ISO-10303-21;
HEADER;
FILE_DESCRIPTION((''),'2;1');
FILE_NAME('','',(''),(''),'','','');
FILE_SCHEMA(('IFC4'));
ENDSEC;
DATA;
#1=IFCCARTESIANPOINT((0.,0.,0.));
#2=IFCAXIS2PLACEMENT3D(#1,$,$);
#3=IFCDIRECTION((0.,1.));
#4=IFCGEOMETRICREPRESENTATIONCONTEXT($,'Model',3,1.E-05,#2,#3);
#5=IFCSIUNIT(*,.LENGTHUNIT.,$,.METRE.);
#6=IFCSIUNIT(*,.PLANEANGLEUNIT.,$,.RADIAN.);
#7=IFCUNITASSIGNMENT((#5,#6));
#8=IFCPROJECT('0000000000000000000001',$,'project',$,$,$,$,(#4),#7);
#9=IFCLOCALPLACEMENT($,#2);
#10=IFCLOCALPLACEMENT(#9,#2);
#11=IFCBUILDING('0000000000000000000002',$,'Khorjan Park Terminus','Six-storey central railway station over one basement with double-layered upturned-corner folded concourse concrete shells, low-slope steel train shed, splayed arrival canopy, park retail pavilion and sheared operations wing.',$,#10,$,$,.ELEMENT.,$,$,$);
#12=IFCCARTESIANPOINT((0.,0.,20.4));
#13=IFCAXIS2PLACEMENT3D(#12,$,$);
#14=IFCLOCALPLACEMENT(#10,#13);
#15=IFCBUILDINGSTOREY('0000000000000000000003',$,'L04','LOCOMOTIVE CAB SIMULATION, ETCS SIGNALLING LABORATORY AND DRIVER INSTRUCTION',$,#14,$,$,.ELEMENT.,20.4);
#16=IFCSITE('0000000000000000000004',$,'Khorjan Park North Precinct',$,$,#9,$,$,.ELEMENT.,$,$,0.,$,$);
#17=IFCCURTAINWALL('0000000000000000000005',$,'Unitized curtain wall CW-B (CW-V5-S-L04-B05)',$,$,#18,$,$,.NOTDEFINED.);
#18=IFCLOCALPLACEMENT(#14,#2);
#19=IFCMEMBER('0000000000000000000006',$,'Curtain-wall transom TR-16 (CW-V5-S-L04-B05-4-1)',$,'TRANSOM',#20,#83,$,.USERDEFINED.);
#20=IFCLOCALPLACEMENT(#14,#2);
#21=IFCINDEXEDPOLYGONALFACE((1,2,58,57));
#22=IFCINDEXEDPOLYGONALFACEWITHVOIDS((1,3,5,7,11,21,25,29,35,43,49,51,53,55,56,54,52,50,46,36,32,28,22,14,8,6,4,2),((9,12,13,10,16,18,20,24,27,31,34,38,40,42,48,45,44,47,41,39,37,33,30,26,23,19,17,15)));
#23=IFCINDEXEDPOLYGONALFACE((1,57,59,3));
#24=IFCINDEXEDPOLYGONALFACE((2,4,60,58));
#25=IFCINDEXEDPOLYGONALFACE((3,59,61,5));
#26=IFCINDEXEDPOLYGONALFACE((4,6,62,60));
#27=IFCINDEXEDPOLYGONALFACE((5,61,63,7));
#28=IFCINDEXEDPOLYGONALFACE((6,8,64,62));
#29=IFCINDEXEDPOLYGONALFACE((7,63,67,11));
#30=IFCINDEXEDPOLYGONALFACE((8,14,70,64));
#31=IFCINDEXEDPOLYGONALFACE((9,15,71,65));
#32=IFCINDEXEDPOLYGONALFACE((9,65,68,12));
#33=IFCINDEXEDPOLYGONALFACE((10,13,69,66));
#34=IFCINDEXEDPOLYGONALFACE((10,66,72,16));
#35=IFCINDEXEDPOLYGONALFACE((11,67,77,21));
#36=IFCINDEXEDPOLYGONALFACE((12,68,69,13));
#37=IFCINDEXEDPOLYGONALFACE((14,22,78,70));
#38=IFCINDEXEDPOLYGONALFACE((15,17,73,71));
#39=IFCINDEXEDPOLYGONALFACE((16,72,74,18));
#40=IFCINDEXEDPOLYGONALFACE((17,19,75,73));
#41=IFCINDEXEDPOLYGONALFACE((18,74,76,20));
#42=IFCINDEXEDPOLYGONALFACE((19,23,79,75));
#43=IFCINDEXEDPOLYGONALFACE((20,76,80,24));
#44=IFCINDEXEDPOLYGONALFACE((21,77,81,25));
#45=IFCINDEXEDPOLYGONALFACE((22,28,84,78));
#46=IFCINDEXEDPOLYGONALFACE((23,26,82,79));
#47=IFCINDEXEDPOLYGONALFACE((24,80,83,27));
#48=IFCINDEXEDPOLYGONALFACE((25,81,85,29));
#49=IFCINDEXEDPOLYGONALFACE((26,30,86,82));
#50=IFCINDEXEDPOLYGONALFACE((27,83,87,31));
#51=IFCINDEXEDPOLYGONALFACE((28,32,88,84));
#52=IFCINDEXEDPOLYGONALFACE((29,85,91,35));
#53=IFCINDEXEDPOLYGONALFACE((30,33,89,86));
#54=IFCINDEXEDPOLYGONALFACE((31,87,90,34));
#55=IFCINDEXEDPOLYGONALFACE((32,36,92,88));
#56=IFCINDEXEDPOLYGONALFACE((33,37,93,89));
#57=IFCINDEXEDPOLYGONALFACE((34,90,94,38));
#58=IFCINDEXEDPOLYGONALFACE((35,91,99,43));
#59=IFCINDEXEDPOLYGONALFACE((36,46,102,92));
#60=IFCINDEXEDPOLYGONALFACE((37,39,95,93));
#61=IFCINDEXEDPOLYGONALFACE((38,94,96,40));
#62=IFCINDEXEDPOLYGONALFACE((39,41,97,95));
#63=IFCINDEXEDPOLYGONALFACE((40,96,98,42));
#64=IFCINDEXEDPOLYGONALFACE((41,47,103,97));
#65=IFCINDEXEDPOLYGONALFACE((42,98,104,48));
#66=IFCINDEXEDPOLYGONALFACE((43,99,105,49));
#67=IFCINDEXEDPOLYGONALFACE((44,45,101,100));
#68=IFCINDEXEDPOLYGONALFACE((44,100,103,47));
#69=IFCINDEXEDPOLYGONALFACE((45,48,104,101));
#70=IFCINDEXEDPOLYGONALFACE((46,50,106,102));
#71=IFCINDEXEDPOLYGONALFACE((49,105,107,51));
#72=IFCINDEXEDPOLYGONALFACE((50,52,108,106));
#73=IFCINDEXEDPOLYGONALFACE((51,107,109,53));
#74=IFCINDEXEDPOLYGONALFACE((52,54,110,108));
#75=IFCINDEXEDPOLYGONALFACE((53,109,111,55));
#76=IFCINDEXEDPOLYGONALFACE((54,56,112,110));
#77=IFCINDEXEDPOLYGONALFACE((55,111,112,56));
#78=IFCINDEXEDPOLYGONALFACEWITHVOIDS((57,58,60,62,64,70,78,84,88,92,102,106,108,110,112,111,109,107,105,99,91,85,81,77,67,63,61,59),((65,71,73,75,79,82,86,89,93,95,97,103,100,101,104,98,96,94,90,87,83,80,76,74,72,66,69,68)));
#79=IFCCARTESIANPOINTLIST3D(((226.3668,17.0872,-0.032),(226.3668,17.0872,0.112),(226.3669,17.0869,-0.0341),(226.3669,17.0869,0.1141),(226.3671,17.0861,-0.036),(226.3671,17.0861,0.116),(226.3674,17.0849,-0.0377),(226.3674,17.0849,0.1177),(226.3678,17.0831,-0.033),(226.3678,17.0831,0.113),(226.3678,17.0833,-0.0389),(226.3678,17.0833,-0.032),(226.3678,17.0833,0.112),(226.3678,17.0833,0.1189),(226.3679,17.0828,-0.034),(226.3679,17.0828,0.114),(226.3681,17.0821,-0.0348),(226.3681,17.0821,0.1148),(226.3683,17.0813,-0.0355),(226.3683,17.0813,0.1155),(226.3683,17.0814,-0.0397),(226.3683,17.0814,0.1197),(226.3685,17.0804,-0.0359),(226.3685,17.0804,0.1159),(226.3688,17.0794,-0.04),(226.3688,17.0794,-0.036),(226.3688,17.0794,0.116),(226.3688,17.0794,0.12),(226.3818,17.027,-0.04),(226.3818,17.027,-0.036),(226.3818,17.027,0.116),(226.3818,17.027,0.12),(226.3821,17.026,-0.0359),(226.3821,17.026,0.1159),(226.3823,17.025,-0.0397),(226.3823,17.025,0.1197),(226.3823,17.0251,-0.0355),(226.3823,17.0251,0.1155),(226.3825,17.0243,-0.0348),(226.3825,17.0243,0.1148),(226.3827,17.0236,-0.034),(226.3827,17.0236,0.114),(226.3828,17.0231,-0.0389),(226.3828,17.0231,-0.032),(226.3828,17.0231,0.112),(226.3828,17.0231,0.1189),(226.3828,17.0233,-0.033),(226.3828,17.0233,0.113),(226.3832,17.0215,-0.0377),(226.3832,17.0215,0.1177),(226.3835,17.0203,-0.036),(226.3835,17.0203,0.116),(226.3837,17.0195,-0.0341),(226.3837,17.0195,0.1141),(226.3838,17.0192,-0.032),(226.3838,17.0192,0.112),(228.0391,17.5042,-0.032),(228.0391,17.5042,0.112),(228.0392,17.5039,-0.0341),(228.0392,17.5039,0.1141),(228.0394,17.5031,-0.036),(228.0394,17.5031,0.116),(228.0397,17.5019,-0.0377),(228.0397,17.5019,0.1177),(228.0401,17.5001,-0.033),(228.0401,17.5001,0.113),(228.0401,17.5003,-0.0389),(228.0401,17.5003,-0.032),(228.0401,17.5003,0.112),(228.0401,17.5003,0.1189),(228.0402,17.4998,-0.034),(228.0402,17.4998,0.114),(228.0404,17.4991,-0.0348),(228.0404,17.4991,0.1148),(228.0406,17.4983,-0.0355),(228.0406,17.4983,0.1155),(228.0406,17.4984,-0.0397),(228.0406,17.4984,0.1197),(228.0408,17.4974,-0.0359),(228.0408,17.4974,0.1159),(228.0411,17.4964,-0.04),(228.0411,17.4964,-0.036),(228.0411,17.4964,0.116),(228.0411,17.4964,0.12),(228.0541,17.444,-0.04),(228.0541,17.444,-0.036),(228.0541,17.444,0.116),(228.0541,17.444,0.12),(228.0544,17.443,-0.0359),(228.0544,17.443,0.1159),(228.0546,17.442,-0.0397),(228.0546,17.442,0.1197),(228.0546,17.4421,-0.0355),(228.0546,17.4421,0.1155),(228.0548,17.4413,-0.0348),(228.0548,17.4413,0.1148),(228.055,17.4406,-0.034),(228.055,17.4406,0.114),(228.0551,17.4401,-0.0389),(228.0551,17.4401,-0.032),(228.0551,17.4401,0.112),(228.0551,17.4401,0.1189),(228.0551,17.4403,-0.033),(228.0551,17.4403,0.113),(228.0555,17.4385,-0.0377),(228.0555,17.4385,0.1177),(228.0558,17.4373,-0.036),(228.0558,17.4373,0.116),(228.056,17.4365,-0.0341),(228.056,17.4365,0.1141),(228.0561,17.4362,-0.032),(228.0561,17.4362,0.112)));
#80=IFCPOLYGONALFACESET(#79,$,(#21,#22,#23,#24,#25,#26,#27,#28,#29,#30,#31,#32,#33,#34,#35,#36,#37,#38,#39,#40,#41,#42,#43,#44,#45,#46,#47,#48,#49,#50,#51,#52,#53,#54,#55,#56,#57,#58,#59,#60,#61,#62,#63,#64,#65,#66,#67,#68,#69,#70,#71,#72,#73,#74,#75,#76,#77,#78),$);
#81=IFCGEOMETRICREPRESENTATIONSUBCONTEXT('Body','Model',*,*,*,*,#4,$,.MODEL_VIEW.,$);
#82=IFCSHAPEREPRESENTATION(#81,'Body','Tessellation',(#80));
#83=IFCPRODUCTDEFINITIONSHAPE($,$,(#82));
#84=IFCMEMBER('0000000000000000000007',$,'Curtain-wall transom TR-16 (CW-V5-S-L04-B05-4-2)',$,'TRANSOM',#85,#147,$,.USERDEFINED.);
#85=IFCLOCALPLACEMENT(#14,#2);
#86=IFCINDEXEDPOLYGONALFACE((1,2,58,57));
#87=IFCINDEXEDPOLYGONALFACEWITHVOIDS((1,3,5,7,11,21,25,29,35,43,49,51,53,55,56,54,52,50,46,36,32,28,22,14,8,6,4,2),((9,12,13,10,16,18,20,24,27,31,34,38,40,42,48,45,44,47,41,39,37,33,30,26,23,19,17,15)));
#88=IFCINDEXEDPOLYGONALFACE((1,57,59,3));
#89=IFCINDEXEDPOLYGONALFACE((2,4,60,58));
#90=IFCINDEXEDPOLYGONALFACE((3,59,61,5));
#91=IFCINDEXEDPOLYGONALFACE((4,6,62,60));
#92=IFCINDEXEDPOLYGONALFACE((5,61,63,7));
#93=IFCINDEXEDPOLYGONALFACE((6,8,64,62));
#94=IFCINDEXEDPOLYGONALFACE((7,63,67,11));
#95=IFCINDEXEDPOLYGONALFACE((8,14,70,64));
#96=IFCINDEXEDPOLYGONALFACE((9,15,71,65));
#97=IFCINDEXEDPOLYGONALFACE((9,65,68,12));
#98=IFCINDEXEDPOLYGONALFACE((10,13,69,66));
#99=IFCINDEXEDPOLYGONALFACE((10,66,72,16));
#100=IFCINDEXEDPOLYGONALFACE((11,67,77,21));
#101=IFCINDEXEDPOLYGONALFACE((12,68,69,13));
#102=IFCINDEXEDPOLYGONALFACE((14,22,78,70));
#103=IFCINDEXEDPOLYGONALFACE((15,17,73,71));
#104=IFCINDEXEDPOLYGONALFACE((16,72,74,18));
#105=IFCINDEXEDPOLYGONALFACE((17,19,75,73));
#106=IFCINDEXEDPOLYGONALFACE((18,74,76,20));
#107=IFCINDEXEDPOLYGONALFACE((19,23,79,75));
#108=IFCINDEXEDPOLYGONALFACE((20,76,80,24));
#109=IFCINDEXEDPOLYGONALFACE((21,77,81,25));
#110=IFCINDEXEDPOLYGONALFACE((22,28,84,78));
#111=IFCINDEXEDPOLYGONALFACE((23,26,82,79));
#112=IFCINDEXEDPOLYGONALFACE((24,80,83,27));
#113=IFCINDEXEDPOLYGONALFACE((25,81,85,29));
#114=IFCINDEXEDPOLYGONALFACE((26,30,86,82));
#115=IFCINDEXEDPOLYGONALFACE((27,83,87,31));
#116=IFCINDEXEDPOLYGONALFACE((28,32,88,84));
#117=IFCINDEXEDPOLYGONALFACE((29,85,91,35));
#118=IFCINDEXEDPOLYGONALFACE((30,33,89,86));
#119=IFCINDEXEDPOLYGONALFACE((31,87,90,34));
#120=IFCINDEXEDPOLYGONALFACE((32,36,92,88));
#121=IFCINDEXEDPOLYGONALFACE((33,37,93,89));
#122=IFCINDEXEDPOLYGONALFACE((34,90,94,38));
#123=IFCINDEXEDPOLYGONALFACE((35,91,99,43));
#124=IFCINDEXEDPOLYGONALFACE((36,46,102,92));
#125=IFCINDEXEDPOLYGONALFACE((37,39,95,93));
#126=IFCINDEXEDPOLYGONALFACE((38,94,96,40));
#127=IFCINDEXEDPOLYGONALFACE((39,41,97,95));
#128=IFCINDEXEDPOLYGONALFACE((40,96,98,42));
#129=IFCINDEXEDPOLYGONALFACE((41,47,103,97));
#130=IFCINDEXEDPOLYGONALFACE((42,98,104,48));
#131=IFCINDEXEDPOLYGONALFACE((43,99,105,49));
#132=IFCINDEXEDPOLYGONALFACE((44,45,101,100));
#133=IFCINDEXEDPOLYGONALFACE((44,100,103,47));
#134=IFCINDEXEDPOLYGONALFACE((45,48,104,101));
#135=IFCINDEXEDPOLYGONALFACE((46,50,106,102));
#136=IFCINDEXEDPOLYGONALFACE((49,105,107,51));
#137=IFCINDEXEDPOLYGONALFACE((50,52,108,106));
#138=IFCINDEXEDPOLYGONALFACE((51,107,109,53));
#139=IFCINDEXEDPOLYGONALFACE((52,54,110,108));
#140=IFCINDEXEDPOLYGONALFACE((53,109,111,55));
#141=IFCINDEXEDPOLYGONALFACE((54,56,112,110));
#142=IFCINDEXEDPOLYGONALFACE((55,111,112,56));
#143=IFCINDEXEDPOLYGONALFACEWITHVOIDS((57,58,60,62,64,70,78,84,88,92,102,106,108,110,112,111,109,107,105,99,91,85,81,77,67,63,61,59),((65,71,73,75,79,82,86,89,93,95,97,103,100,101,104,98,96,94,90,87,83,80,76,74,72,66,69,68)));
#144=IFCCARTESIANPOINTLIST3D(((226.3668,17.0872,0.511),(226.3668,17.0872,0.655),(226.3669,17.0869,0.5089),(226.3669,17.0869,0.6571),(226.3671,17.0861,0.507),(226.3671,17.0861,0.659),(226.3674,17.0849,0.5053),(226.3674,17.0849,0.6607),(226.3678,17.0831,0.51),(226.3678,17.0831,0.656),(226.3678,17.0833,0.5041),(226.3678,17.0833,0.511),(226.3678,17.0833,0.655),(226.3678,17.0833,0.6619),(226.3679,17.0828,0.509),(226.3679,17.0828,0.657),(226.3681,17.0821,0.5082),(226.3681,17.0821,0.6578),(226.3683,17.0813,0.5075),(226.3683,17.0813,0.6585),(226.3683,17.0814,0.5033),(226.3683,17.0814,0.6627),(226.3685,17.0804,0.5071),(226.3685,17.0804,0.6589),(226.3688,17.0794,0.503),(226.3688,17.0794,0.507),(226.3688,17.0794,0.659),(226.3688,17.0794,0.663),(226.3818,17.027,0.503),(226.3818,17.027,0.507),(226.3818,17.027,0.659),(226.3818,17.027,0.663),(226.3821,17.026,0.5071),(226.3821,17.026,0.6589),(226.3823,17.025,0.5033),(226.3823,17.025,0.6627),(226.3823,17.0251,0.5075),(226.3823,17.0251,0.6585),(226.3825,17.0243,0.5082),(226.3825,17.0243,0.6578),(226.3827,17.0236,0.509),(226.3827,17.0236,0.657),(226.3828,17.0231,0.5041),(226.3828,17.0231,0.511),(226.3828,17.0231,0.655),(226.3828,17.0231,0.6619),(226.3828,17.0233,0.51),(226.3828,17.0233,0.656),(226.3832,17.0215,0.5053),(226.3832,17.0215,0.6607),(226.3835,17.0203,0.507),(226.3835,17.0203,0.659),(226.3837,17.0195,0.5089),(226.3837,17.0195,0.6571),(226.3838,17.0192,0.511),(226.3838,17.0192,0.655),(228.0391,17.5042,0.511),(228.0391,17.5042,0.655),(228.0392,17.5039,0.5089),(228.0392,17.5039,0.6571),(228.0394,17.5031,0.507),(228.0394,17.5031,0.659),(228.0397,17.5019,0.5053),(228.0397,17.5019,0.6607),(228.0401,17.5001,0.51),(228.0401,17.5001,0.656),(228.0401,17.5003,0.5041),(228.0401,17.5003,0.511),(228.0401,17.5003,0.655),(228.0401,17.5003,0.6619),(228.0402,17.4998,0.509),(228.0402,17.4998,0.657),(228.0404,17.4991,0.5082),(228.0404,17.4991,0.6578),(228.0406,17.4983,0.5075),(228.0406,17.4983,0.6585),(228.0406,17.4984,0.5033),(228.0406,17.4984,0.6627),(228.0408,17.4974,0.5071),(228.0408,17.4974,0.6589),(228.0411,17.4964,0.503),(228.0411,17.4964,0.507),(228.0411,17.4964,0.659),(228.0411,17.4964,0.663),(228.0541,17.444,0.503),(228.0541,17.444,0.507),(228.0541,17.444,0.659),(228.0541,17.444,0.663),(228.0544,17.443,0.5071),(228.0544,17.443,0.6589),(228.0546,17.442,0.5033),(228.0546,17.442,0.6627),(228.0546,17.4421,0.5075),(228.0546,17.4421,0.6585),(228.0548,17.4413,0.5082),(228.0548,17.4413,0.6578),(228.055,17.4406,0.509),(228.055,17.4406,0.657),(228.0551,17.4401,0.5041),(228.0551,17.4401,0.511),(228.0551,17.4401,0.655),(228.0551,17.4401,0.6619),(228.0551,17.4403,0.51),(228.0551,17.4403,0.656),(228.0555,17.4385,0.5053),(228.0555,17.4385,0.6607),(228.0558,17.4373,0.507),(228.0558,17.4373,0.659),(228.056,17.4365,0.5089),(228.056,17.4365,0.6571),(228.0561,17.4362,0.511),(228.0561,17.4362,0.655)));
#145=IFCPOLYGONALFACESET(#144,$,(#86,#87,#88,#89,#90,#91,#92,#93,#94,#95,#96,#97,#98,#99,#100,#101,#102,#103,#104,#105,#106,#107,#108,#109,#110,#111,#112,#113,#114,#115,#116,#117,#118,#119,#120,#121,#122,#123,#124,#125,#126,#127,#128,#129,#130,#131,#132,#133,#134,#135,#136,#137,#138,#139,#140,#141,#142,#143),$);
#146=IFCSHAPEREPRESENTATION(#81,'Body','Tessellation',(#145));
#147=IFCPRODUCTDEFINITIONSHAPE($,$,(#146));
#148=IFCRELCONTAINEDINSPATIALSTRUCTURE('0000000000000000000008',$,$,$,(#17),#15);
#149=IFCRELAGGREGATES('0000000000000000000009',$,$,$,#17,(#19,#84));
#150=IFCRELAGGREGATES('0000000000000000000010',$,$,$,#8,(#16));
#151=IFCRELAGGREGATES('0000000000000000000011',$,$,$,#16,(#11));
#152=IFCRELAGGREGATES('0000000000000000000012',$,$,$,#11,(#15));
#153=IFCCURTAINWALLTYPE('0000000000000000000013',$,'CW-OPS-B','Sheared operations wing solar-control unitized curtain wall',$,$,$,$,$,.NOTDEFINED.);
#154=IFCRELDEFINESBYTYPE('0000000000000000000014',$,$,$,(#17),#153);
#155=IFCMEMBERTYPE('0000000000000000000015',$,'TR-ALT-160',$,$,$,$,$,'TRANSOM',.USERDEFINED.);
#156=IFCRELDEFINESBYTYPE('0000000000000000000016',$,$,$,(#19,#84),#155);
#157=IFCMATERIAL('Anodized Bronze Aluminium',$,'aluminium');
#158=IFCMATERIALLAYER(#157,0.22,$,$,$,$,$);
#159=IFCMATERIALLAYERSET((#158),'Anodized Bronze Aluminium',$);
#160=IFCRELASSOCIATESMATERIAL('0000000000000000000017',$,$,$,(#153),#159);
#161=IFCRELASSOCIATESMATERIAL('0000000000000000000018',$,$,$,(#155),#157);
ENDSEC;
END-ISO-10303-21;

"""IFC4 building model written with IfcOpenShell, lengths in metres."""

from ifc_helpers import new_model, si_unit, direction, frame, origin, origin_2d, place, context, subcontext, project, spatial, hollow_rectangle, extrude, material, layer, layer_set, material_profile, profile_set, type_object, element, aggregate, save


model = new_model("IFC4")

# Units and contexts
model_context = context("Model", 3, precision=1e-05, world=origin(), true_north=direction((0.0, 1.0)))
body_context = subcontext(model_context, "Body", "Model", "MODEL_VIEW")
ifc_project = project(units=[si_unit("LENGTHUNIT", "METRE"), si_unit("PLANEANGLEUNIT", "RADIAN")], contexts=[model_context])

# Site, building, storey
site_placement = place(None, origin())
site = spatial("IfcSite", under=ifc_project, at=site_placement, Name="Khorjan Park North Precinct", CompositionType="ELEMENT", RefElevation=0.0)
building_placement = place(site_placement, origin())
building = spatial("IfcBuilding", under=site, at=building_placement, Name="Khorjan Park Terminus", Description="Six-storey central railway station over one basement with double-layered upturned-corner folded concourse concrete shells, low-slope steel train shed, splayed arrival canopy, park retail pavilion and sheared operations wing.", CompositionType="ELEMENT")
storey_placement = place(building_placement, frame((0.0, 0.0, 20.4)))
storey = spatial("IfcBuildingStorey", under=building, at=storey_placement, Name="L04", Description="LOCOMOTIVE CAB SIMULATION, ETCS SIGNALLING LABORATORY AND DRIVER INSTRUCTION", CompositionType="ELEMENT", Elevation=20.4)

# Curtain wall
ifc_material_1 = material(Name="Anodized Bronze Aluminium", Category="aluminium")
ifc_layer_1 = layer(ifc_material_1, 0.22)
ifc_layer_set_1 = layer_set([ifc_layer_1], Name="Anodized Bronze Aluminium")
curtain_wall_type = type_object("IfcCurtainWallType", Name="CW-OPS-B", Description="Sheared operations wing solar-control unitized curtain wall", PredefinedType="NOTDEFINED", material=ifc_layer_set_1)
curtain_wall_1_placement = place(storey_placement, origin())
curtain_wall_1 = element("IfcCurtainWall", 1, at=curtain_wall_1_placement, inside=storey, type_object=curtain_wall_type, Name="Unitized curtain wall CW-B (CW-V5-S-L04-B05)", PredefinedType="NOTDEFINED")

# Members
ifc_material_profile_1 = material_profile(ifc_material_1, hollow_rectangle(XDim=0.07, YDim=0.16, WallThickness=0.004, InnerFilletRadius=0.004, OuterFilletRadius=0.008, at=origin_2d()), Name="ALT 70x160x4")
ifc_profile_set_1 = profile_set([ifc_material_profile_1], Name="Anodized Bronze Aluminium")
member_type_1 = type_object("IfcMemberType", Name="TR-ALT-160", ElementType="TRANSOM", PredefinedType="USERDEFINED", material=ifc_profile_set_1)
member_1_placement = place(storey_placement, frame((226.3753, 17.0532, 0.04), z_axis=(0.970289, 0.241949, 0.0), x_axis=(-0.241949, 0.970289, 0.0)))
member_1 = element("IfcMember", 2, at=member_1_placement, type_object=member_type_1, Name="Curtain-wall transom TR-16 (CW-V5-S-L04-B05-4-1)", ObjectType="TRANSOM", PredefinedType="USERDEFINED", context=body_context, shape_type="SweptSolid", body=[
    extrude(hollow_rectangle(XDim=0.07, YDim=0.16, WallThickness=0.004, InnerFilletRadius=0.004, OuterFilletRadius=0.008, at=origin_2d()), origin(), (0.0, 0.0, 1.0), 1.7235),
])
member_2_placement = place(storey_placement, frame((226.3753, 17.0532, 0.583), z_axis=(0.970289, 0.241949, 0.0), x_axis=(-0.241949, 0.970289, 0.0)))
member_2 = element("IfcMember", 3, at=member_2_placement, type_object=member_type_1, Name="Curtain-wall transom TR-16 (CW-V5-S-L04-B05-4-2)", ObjectType="TRANSOM", PredefinedType="USERDEFINED", context=body_context, shape_type="SweptSolid", body=[
    extrude(hollow_rectangle(XDim=0.07, YDim=0.16, WallThickness=0.004, InnerFilletRadius=0.004, OuterFilletRadius=0.008, at=origin_2d()), origin(), (0.0, 0.0, 1.0), 1.7235),
])

aggregate(curtain_wall_1, [member_1, member_2])

save(model, "model.ifc")
